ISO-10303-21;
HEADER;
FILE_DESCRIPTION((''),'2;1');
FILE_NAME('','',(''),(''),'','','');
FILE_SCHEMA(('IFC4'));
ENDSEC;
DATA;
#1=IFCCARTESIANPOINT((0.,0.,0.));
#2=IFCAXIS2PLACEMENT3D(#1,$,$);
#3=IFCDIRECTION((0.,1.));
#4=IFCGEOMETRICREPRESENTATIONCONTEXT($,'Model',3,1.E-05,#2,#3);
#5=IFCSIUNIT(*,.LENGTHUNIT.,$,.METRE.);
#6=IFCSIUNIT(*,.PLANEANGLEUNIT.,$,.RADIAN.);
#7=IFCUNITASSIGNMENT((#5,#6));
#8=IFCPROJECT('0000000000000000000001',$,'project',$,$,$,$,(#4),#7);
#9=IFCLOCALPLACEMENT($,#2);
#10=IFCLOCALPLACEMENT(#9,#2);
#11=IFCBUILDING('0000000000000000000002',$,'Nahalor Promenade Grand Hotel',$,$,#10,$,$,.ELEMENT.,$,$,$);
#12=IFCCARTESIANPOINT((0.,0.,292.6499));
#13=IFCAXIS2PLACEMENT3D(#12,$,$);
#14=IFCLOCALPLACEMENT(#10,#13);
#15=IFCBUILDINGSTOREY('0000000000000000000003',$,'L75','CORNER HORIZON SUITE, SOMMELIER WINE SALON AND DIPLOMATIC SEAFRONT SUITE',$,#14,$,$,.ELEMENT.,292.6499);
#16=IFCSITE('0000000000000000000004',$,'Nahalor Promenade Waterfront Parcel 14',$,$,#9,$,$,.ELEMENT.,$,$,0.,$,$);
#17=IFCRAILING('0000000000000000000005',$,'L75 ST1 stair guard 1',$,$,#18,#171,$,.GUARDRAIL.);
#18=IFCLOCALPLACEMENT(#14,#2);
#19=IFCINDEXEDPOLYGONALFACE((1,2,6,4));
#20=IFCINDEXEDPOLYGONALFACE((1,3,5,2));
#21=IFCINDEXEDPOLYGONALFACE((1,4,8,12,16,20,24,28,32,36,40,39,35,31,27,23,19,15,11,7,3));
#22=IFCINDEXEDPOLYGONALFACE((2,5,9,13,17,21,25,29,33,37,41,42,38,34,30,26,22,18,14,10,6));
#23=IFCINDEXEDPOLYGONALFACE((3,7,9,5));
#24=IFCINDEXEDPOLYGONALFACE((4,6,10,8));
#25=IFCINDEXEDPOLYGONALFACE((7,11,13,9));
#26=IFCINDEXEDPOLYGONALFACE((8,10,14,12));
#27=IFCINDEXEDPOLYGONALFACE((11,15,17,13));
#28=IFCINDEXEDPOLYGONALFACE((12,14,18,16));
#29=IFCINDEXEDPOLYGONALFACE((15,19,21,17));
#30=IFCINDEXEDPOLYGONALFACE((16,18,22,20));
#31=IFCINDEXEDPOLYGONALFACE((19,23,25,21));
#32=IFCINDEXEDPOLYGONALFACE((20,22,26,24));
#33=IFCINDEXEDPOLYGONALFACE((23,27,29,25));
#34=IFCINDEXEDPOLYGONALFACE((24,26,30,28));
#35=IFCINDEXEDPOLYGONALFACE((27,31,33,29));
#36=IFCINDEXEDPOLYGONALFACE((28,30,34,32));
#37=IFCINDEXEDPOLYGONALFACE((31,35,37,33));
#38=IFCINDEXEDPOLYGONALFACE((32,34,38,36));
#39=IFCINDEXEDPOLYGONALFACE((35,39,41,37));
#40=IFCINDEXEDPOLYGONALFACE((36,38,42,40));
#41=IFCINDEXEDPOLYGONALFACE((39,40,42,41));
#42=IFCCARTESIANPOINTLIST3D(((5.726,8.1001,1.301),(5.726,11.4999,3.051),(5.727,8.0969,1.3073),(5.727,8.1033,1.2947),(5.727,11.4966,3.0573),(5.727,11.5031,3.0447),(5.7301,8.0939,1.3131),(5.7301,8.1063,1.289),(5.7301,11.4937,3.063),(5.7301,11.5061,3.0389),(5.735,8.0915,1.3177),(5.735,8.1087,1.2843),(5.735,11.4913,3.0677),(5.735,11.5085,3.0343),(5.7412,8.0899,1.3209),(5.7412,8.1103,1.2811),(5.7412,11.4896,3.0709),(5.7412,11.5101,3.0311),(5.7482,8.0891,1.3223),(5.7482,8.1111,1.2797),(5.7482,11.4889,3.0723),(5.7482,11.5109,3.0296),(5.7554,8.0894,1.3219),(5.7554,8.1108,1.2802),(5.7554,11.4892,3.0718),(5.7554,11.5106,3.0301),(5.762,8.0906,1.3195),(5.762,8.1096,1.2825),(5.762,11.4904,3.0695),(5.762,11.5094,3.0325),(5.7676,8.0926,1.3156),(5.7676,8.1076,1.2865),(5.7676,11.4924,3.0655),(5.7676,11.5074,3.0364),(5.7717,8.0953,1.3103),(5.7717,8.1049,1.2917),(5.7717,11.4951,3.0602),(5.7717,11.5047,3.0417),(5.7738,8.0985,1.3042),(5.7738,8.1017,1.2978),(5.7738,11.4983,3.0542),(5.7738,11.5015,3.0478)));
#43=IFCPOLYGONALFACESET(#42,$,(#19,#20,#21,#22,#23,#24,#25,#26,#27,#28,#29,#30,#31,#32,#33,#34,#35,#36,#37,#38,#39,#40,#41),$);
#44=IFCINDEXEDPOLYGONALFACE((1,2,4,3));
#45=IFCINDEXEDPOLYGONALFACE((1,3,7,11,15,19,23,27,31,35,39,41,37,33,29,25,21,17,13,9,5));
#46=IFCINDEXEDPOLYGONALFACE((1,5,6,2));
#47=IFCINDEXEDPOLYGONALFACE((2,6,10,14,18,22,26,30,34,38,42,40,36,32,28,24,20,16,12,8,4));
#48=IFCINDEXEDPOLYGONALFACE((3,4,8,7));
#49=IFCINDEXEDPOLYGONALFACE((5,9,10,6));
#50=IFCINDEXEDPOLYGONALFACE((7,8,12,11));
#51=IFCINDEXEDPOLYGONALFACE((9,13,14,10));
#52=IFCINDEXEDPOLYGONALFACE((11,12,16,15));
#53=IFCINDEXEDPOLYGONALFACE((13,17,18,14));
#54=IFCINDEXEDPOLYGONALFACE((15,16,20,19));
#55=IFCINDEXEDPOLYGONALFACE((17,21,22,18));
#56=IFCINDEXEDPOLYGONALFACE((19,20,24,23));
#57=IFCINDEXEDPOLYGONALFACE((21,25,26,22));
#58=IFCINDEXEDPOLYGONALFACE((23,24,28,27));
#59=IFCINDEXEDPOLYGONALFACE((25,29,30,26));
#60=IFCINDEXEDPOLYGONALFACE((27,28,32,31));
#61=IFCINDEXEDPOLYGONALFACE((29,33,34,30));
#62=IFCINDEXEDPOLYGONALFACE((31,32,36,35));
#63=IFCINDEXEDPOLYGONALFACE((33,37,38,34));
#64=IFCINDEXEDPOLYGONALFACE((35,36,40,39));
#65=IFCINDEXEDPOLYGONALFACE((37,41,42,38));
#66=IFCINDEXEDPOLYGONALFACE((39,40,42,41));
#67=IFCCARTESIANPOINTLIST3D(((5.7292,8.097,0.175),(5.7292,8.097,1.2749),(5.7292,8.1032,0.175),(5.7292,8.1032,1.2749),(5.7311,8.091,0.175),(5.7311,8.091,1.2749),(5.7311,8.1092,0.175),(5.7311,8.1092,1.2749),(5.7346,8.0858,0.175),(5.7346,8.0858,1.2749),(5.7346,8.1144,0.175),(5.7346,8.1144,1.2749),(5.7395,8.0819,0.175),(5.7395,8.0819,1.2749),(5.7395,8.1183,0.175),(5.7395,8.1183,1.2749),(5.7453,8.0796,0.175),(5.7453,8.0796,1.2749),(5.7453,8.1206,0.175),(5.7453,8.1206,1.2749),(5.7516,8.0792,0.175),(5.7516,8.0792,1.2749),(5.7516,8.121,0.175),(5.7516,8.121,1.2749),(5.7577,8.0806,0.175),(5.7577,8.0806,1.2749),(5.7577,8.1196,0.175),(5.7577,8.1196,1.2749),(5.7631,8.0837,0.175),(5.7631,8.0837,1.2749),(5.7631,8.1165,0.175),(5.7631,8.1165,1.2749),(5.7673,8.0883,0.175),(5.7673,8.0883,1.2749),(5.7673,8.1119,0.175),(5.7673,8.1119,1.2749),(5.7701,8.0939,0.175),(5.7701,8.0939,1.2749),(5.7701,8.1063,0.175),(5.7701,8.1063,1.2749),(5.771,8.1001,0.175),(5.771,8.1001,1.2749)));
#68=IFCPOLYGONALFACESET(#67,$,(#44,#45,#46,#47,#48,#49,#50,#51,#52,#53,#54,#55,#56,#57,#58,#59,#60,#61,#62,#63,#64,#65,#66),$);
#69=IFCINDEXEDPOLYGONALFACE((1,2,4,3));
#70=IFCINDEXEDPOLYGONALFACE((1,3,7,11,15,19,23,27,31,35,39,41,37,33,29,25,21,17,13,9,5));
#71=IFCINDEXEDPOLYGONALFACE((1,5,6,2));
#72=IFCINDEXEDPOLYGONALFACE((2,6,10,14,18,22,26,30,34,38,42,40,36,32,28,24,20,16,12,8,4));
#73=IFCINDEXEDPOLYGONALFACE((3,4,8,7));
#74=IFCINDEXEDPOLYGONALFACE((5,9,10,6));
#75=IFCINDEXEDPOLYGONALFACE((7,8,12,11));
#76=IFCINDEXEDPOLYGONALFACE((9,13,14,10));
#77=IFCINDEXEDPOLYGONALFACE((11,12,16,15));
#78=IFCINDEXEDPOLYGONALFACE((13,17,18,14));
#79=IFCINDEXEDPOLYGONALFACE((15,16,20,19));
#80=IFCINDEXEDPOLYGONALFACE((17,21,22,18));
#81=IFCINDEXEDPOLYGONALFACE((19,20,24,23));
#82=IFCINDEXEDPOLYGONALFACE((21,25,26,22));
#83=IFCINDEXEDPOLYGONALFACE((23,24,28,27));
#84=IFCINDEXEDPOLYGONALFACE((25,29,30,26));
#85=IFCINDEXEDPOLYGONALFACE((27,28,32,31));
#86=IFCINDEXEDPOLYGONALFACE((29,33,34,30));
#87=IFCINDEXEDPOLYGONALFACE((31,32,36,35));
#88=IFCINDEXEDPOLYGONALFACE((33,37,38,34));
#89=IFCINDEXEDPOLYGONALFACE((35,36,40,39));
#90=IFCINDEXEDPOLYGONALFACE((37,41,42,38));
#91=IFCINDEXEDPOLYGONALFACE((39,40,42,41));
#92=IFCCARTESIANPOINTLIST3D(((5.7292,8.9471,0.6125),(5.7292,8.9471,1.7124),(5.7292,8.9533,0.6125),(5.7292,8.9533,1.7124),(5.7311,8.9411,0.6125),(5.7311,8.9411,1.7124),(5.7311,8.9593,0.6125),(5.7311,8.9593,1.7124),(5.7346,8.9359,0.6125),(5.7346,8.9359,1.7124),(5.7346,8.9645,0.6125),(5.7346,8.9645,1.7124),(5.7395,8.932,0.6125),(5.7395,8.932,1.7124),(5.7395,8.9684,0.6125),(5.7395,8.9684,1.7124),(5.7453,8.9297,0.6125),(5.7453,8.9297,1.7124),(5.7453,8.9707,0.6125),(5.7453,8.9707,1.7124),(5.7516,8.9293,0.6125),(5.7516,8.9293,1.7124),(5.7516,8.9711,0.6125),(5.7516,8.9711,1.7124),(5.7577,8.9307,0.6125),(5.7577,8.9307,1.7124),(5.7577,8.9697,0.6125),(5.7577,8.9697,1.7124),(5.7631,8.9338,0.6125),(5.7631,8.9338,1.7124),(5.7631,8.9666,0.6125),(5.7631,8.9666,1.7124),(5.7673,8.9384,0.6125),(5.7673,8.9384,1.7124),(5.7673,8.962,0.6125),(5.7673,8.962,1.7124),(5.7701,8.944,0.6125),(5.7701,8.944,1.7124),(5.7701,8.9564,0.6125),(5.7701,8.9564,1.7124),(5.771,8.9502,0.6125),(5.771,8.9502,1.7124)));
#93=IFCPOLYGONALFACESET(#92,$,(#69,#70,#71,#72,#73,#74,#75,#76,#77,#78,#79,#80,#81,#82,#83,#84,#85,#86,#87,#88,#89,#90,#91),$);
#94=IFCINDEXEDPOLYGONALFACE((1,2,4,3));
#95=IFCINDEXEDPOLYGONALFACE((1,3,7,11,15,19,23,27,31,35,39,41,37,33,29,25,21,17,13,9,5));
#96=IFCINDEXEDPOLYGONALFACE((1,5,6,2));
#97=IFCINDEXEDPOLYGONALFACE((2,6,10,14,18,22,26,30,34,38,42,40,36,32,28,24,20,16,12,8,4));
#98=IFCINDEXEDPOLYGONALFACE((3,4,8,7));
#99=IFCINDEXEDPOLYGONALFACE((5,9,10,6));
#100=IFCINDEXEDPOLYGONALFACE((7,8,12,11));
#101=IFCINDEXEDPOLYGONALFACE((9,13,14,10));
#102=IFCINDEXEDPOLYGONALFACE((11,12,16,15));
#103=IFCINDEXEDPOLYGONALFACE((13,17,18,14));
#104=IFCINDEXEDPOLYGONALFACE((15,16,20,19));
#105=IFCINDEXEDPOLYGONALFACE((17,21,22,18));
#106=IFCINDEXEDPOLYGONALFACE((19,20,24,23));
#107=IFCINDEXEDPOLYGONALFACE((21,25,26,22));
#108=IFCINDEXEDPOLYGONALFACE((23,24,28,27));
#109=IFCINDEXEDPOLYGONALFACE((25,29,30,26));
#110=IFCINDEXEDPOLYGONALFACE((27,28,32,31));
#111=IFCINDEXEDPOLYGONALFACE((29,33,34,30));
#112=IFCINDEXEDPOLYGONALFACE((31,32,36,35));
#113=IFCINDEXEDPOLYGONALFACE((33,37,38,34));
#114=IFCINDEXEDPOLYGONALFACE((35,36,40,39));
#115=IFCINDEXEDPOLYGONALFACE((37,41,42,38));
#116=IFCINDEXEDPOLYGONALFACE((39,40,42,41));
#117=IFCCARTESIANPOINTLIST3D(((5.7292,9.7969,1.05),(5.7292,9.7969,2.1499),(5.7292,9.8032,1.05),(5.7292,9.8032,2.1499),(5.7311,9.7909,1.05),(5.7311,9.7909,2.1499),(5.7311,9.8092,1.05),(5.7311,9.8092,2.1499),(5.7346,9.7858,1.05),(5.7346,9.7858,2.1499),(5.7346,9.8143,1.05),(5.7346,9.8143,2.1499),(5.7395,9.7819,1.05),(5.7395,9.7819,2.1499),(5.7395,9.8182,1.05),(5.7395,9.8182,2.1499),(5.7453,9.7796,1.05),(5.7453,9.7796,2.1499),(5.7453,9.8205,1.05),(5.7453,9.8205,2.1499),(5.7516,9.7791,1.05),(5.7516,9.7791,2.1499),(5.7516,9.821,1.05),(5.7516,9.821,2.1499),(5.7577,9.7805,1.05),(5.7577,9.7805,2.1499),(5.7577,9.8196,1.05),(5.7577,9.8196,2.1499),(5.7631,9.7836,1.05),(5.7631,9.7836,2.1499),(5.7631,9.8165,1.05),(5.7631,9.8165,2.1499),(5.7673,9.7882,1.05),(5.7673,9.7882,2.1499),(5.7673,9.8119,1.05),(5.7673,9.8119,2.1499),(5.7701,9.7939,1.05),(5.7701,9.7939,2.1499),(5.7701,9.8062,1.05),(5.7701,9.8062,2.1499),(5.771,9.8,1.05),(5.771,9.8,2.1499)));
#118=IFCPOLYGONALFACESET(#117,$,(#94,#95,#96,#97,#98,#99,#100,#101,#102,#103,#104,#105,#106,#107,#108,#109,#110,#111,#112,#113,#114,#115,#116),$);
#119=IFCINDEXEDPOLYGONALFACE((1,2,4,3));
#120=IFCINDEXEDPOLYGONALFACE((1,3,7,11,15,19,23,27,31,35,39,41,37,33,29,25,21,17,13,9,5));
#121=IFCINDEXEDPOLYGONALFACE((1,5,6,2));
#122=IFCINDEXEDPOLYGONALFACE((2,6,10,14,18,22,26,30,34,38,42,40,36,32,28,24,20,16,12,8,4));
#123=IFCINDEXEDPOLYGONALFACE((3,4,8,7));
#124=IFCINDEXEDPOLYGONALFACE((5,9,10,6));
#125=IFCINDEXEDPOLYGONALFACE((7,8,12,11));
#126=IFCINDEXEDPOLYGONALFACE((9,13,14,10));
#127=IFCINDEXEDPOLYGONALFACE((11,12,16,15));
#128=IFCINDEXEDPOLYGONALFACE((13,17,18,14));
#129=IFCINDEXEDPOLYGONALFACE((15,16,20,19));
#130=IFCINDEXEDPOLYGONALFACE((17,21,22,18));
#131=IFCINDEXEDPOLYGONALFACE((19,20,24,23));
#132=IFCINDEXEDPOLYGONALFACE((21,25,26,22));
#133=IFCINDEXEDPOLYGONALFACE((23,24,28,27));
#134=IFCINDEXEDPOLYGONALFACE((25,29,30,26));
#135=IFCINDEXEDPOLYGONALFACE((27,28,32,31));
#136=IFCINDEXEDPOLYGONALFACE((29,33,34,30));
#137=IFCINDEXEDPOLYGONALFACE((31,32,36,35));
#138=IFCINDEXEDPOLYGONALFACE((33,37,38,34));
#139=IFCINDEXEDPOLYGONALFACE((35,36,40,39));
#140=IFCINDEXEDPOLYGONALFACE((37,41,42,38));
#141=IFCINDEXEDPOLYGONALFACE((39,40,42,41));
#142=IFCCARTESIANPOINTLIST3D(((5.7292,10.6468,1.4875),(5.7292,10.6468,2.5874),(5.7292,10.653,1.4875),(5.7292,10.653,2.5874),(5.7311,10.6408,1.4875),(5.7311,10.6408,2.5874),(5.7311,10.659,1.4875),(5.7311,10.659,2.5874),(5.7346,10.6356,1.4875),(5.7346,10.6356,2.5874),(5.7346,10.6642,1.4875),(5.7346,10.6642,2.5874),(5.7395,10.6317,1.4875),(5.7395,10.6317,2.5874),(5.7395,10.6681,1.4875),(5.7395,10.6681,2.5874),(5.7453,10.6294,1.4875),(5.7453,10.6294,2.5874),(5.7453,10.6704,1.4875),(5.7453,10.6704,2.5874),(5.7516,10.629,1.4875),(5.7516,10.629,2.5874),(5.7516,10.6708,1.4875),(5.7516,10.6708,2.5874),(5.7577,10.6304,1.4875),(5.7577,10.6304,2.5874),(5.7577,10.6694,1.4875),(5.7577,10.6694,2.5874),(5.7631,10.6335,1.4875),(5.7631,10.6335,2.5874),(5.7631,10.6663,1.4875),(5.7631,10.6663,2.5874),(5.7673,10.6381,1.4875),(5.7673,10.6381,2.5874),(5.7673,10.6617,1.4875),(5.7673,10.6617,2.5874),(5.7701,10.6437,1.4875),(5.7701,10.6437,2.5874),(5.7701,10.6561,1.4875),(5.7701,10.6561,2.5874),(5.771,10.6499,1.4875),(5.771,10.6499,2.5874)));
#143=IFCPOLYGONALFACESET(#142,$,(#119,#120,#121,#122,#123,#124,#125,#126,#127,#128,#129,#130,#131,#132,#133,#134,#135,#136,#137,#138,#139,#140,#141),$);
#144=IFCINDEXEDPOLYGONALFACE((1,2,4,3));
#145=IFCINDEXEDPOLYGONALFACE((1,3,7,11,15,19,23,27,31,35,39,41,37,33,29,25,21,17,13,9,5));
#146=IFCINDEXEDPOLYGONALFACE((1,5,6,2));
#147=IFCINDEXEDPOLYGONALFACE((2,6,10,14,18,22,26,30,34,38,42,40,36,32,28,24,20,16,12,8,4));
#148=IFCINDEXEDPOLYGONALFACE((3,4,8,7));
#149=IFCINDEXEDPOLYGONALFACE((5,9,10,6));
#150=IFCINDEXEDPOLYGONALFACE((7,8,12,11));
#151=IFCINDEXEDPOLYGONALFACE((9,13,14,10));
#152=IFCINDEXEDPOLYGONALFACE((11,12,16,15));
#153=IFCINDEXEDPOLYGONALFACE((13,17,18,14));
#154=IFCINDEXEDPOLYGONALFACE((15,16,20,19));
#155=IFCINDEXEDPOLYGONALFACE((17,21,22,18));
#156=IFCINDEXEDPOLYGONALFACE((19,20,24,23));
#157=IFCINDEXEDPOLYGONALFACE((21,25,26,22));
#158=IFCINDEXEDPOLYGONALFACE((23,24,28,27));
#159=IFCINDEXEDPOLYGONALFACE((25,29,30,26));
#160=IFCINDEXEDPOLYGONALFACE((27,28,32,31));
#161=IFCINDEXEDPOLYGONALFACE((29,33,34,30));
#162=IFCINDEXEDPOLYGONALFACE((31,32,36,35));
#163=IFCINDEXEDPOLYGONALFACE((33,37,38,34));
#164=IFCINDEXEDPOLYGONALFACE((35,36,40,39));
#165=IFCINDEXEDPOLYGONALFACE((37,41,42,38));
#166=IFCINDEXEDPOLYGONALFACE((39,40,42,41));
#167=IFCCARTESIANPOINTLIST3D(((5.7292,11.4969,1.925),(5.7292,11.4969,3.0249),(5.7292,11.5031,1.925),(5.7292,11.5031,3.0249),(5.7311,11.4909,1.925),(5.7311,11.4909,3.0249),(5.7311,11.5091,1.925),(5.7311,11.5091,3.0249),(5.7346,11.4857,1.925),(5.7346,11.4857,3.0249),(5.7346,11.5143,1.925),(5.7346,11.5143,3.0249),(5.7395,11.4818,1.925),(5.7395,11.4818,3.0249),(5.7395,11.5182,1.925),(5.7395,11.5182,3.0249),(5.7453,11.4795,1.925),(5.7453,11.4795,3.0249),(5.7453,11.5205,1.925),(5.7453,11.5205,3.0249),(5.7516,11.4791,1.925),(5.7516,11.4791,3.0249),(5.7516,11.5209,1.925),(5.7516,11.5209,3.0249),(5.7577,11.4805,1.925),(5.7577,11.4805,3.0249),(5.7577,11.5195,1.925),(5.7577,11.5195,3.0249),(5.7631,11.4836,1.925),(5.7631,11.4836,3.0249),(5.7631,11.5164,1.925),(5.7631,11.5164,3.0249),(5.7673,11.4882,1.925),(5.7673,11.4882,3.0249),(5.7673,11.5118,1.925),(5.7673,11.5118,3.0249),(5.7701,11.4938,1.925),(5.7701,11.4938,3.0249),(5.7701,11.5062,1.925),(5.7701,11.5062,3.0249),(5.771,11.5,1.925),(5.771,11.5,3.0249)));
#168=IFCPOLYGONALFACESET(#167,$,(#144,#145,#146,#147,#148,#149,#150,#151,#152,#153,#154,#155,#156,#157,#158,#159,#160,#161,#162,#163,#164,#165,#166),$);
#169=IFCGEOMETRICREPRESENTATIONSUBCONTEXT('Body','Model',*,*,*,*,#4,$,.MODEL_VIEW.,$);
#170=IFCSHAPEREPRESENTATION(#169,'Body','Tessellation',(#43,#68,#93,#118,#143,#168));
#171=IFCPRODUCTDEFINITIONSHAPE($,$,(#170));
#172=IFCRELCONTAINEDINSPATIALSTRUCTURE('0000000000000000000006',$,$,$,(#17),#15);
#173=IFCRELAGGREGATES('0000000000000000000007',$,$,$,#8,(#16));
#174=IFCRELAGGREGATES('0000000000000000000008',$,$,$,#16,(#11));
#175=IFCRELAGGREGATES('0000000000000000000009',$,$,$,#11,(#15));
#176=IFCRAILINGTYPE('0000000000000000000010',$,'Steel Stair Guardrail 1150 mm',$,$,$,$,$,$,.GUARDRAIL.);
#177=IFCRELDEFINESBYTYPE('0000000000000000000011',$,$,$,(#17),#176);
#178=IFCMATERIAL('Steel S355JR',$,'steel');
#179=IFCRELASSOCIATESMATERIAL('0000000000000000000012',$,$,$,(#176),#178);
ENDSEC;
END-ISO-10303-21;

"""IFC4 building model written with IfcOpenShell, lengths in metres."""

from ifc_helpers import new_model, si_unit, direction, frame, origin, origin_2d, place, context, subcontext, project, spatial, circle, extrude, material, type_object, element, save


model = new_model("IFC4")

# Units and contexts
model_context = context("Model", 3, precision=1e-05, world=origin(), true_north=direction((0.0, 1.0)))
body_context = subcontext(model_context, "Body", "Model", "MODEL_VIEW")
ifc_project = project(units=[si_unit("LENGTHUNIT", "METRE"), si_unit("PLANEANGLEUNIT", "RADIAN")], contexts=[model_context])

# Site, building, storey
site_placement = place(None, origin())
site = spatial("IfcSite", under=ifc_project, at=site_placement, Name="Nahalor Promenade Waterfront Parcel 14", CompositionType="ELEMENT", RefElevation=0.0)
building_placement = place(site_placement, origin())
building = spatial("IfcBuilding", under=site, at=building_placement, Name="Nahalor Promenade Grand Hotel", CompositionType="ELEMENT")
storey_placement = place(building_placement, frame((0.0, 0.0, 292.6499)))
storey = spatial("IfcBuildingStorey", under=building, at=storey_placement, Name="L75", Description="CORNER HORIZON SUITE, SOMMELIER WINE SALON AND DIPLOMATIC SEAFRONT SUITE", CompositionType="ELEMENT", Elevation=292.6499)

# Shared definitions
ifc_material_1 = material(Name="Steel S355JR", Category="steel")

# Railing
railing_type_1 = type_object("IfcRailingType", Name="Steel Stair Guardrail 1150 mm", PredefinedType="GUARDRAIL", material=ifc_material_1)
railing_1_placement = place(storey_placement, frame((5.75, 8.1001, 0.175)))
element("IfcRailing", 1, at=railing_1_placement, inside=storey, type_object=railing_type_1, Name="L75 ST1 stair guard 1", PredefinedType="GUARDRAIL", context=body_context, shape_type="SweptSolid", body=[
    extrude(circle(Radius=0.024, at=origin_2d()), frame((0.0, 0.0, 1.126), z_axis=(0.0, 0.88913, 0.457654), x_axis=(-1.0, 0.0, 0.0)), (0.0, 0.0, 1.0), 3.8237),
    extrude(circle(Radius=0.021, at=origin_2d()), origin(), (0.0, 0.0, 1.0), 1.0999),
    extrude(circle(Radius=0.021, at=origin_2d()), frame((0.0, 0.8501, 0.4375)), (0.0, 0.0, 1.0), 1.0999),
    extrude(circle(Radius=0.021, at=origin_2d()), frame((0.0, 1.7, 0.875)), (0.0, 0.0, 1.0), 1.0999),
    extrude(circle(Radius=0.021, at=origin_2d()), frame((0.0, 2.5498, 1.3125)), (0.0, 0.0, 1.0), 1.0999),
    extrude(circle(Radius=0.021, at=origin_2d()), frame((0.0, 3.3999, 1.75)), (0.0, 0.0, 1.0), 1.0999),
])

save(model, "model.ifc")
